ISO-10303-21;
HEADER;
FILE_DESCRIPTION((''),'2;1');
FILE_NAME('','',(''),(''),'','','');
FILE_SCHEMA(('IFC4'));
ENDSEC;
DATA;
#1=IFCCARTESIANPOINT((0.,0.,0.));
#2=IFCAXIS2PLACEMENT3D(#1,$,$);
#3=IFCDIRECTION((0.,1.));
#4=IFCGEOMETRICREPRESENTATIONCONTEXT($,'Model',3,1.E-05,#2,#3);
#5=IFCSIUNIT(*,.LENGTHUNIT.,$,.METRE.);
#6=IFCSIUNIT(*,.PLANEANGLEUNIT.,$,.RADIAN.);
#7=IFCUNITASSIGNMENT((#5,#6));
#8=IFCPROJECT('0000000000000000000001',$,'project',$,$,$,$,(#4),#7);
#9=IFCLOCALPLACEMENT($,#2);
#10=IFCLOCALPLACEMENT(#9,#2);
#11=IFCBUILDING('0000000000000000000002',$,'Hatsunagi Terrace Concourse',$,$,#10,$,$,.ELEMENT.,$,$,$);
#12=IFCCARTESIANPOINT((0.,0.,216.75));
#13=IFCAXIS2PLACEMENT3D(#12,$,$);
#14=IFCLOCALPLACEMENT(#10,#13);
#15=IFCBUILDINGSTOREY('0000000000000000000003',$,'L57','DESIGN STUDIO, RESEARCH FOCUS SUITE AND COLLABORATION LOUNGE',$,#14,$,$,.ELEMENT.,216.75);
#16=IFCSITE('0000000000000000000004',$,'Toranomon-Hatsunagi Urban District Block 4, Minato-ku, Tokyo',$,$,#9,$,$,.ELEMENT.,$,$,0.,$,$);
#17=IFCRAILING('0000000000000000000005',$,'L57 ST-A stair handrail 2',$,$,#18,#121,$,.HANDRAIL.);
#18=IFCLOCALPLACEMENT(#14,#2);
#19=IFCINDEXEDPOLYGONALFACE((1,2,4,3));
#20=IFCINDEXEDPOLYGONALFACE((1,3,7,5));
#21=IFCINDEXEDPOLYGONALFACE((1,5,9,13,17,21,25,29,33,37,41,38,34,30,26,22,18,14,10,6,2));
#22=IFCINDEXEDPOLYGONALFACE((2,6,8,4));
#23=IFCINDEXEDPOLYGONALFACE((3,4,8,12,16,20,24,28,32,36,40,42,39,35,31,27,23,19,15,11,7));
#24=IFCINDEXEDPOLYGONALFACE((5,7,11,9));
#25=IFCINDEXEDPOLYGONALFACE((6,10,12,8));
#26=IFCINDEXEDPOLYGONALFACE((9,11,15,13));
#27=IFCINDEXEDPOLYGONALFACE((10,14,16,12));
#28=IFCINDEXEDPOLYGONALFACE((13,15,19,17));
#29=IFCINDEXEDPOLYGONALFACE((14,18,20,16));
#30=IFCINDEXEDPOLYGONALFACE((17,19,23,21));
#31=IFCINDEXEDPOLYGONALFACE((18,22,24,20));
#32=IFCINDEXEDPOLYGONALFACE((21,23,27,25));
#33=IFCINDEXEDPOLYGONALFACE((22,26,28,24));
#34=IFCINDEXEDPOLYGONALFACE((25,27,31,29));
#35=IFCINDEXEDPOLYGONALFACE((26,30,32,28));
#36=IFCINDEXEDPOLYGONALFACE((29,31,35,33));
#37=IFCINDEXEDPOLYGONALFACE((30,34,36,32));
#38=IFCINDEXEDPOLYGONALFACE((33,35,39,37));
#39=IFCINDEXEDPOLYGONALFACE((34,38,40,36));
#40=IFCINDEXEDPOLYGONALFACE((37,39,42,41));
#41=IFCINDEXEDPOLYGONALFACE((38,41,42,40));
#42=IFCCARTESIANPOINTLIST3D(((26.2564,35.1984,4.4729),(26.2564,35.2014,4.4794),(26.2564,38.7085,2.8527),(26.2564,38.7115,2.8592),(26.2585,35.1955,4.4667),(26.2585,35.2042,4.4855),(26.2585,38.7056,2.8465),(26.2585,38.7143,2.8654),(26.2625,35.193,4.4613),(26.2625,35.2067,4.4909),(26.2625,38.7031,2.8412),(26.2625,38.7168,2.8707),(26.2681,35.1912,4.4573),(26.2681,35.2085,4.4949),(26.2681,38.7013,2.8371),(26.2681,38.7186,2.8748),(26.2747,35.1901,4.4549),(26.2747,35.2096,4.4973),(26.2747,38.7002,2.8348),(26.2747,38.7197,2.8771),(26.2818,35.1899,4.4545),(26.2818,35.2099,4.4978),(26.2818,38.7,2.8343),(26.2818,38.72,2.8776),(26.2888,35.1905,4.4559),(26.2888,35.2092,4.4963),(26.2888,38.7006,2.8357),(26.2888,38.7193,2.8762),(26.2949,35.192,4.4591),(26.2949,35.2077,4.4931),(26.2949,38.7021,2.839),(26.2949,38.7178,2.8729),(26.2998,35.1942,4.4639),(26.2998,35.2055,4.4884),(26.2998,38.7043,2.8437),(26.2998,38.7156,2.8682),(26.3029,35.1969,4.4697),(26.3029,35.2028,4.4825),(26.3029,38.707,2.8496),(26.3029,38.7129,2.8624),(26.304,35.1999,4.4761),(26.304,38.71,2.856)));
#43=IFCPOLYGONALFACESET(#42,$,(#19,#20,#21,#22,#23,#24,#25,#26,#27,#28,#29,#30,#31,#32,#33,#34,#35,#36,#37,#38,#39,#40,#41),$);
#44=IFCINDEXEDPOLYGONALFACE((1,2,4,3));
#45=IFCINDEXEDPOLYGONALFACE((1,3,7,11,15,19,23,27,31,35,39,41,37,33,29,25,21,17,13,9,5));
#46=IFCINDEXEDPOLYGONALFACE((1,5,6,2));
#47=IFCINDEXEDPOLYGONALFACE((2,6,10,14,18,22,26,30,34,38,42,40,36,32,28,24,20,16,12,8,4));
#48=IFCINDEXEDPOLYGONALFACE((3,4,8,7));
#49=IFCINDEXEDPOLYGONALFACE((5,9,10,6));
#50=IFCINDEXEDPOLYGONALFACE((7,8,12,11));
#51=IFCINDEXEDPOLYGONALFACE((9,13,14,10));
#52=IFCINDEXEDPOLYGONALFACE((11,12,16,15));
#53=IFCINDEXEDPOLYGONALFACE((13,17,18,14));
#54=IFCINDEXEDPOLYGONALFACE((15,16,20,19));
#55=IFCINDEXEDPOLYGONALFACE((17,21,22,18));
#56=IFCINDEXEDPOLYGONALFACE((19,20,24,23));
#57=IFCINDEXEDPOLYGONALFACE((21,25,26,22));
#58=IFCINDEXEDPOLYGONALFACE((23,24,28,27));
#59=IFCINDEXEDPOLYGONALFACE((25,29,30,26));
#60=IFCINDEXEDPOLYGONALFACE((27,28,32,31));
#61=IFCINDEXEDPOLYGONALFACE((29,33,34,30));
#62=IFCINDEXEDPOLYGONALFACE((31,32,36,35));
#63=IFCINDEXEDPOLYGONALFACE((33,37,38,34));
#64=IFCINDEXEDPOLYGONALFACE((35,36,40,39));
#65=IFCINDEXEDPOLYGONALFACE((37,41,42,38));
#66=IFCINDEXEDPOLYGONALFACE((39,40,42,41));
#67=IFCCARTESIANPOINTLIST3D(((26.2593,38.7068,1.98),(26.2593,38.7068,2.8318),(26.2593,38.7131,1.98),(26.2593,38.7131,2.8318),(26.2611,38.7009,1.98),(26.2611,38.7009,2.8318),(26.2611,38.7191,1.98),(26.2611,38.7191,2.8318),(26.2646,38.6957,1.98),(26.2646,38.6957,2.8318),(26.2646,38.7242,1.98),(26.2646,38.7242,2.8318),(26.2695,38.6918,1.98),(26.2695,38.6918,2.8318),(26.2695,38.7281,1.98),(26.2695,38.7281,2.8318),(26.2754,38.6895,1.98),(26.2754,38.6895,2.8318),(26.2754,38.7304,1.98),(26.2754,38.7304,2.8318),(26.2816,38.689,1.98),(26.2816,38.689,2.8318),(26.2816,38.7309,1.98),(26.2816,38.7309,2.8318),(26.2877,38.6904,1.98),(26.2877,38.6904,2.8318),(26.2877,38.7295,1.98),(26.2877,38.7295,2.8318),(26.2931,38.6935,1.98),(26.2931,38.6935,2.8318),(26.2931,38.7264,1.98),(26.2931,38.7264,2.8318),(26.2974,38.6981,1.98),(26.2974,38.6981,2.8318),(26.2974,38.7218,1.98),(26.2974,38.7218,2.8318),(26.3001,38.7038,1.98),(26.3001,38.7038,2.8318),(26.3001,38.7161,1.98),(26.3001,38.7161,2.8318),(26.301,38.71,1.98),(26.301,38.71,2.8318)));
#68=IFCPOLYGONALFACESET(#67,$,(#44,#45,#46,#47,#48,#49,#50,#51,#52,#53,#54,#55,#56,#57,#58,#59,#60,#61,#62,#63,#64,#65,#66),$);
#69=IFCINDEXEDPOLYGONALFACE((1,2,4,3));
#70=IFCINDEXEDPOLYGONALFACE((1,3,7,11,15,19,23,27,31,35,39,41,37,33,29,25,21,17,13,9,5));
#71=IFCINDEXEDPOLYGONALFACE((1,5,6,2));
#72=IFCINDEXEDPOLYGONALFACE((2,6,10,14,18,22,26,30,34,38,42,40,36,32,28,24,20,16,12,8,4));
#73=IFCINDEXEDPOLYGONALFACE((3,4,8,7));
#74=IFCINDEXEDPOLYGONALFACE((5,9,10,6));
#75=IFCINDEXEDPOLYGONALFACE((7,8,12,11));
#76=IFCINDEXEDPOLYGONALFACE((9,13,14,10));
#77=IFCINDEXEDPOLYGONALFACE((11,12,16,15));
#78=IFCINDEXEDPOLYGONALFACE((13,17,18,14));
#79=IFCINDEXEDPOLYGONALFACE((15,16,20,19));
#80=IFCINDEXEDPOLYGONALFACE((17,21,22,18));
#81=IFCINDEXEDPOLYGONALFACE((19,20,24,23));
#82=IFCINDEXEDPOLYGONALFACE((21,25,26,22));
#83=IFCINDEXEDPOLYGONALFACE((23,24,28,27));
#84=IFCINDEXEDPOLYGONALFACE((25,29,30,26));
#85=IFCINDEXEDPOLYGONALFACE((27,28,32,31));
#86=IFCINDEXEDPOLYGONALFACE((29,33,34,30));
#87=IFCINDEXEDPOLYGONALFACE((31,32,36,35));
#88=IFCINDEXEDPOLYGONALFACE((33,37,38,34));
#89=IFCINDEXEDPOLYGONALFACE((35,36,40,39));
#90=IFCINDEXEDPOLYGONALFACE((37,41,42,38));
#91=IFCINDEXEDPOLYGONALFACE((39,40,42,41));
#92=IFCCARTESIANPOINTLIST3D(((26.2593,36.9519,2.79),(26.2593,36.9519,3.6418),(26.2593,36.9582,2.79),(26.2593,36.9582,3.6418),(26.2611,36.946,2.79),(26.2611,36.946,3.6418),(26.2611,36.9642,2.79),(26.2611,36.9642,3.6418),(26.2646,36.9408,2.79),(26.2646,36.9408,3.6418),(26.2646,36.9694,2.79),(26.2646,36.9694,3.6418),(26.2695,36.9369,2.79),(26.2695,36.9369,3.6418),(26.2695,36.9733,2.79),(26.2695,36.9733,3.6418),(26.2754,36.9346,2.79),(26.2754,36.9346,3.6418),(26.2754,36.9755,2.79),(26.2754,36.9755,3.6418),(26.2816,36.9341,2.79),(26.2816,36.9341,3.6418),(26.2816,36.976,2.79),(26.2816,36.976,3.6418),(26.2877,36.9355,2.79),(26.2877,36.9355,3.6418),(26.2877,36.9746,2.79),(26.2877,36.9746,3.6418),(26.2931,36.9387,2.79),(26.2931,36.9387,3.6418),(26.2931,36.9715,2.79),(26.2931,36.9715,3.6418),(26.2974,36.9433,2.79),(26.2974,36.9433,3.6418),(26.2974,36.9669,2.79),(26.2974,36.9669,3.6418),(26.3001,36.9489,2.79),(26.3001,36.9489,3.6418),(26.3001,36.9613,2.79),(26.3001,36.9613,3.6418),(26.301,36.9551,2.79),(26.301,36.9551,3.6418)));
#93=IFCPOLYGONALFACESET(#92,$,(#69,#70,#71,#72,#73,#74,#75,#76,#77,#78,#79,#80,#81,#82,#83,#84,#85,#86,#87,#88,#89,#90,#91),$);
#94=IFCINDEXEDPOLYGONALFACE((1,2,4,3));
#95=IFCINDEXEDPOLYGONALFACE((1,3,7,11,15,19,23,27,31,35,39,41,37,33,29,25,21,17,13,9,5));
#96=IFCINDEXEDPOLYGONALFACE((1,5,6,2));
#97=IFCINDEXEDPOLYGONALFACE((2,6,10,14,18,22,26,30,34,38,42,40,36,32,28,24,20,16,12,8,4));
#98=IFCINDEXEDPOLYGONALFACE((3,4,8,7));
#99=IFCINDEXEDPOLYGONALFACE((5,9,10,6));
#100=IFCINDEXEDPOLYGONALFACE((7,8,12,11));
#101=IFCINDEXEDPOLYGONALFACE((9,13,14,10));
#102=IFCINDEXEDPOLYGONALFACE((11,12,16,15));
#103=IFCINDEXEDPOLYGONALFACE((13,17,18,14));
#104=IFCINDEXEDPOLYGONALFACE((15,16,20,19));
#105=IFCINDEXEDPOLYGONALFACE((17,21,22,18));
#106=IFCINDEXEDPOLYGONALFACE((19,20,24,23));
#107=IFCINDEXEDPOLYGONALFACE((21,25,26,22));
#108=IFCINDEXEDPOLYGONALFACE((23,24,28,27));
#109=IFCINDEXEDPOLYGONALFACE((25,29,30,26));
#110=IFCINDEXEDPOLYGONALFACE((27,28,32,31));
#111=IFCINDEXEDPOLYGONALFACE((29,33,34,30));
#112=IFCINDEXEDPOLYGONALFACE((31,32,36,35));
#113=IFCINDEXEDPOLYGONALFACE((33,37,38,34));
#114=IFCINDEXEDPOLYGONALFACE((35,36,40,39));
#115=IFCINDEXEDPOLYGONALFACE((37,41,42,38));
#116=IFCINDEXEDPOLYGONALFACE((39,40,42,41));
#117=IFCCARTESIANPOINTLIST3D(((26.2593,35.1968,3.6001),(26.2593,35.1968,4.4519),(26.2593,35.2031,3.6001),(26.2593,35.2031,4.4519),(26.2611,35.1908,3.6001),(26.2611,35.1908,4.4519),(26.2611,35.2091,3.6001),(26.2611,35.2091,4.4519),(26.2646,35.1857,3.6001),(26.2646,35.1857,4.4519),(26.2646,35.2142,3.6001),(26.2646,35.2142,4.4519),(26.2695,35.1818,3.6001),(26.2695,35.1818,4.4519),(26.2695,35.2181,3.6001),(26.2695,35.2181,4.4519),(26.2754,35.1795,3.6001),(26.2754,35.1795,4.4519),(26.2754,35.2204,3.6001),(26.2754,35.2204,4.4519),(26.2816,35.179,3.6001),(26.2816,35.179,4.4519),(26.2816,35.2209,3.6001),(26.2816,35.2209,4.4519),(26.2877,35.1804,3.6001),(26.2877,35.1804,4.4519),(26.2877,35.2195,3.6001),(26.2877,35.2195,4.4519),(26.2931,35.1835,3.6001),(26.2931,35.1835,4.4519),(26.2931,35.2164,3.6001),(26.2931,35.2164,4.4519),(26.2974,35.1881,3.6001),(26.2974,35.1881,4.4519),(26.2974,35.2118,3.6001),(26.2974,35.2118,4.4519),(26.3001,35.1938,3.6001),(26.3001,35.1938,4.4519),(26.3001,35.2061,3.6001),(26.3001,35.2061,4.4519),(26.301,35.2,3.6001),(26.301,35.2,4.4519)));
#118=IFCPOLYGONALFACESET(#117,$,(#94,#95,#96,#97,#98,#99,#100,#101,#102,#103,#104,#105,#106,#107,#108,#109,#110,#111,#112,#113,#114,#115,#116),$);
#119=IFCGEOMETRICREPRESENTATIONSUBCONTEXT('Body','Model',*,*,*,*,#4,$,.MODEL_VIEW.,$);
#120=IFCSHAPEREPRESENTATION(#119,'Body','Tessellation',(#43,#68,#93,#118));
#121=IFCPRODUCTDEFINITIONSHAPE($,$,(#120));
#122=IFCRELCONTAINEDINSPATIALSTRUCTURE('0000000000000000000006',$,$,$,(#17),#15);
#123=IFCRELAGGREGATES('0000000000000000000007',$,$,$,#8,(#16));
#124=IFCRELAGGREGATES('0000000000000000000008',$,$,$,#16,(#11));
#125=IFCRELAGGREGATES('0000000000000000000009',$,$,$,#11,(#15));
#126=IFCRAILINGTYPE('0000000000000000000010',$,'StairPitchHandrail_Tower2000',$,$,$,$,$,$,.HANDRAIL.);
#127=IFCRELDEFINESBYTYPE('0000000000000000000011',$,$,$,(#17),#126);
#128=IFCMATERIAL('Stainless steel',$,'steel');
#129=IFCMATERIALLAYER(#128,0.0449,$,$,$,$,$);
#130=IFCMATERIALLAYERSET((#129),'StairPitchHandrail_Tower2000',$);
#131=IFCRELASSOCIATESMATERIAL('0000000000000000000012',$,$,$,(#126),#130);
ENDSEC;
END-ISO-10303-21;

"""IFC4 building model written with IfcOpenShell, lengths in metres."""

from ifc_helpers import new_model, si_unit, direction, frame, origin, origin_2d, place, context, subcontext, project, spatial, circle, extrude, material, layer, layer_set, type_object, element, save


model = new_model("IFC4")

# Units and contexts
model_context = context("Model", 3, precision=1e-05, world=origin(), true_north=direction((0.0, 1.0)))
body_context = subcontext(model_context, "Body", "Model", "MODEL_VIEW")
ifc_project = project(units=[si_unit("LENGTHUNIT", "METRE"), si_unit("PLANEANGLEUNIT", "RADIAN")], contexts=[model_context])

# Site, building, storey
site_placement = place(None, origin())
site = spatial("IfcSite", under=ifc_project, at=site_placement, Name="Toranomon-Hatsunagi Urban District Block 4, Minato-ku, Tokyo", CompositionType="ELEMENT", RefElevation=0.0)
building_placement = place(site_placement, origin())
building = spatial("IfcBuilding", under=site, at=building_placement, Name="Hatsunagi Terrace Concourse", CompositionType="ELEMENT")
storey_placement = place(building_placement, frame((0.0, 0.0, 216.75)))
storey = spatial("IfcBuildingStorey", under=building, at=storey_placement, Name="L57", Description="DESIGN STUDIO, RESEARCH FOCUS SUITE AND COLLABORATION LOUNGE", CompositionType="ELEMENT", Elevation=216.75)

# Railing
ifc_material_1 = material(Name="Stainless steel", Category="steel")
ifc_layer_1 = layer(ifc_material_1, 0.0449)
ifc_layer_set_1 = layer_set([ifc_layer_1], Name="StairPitchHandrail_Tower2000")
railing_type_1 = type_object("IfcRailingType", Name="StairPitchHandrail_Tower2000", PredefinedType="HANDRAIL", material=ifc_layer_set_1)
railing_1_placement = place(storey_placement, frame((26.28, 38.71, 1.98)))
element("IfcRailing", 1, at=railing_1_placement, inside=storey, type_object=railing_type_1, Name="L57 ST-A stair handrail 2", PredefinedType="HANDRAIL", context=body_context, shape_type="SweptSolid", body=[
    extrude(circle(Radius=0.0239, at=origin_2d()), frame((0.0, 0.0, 0.876), z_axis=(0.0, -0.907948, 0.419082), x_axis=(1.0, 0.0, 0.0)), (0.0, 0.0, 1.0), 3.866),
    extrude(circle(Radius=0.021, at=origin_2d()), origin(), (0.0, 0.0, 1.0), 0.8518),
    extrude(circle(Radius=0.021, at=origin_2d()), frame((0.0, -1.7549, 0.8101)), (0.0, 0.0, 1.0), 0.8518),
    extrude(circle(Radius=0.021, at=origin_2d()), frame((0.0, -3.51, 1.6201)), (0.0, 0.0, 1.0), 0.8518),
])

save(model, "model.ifc")
